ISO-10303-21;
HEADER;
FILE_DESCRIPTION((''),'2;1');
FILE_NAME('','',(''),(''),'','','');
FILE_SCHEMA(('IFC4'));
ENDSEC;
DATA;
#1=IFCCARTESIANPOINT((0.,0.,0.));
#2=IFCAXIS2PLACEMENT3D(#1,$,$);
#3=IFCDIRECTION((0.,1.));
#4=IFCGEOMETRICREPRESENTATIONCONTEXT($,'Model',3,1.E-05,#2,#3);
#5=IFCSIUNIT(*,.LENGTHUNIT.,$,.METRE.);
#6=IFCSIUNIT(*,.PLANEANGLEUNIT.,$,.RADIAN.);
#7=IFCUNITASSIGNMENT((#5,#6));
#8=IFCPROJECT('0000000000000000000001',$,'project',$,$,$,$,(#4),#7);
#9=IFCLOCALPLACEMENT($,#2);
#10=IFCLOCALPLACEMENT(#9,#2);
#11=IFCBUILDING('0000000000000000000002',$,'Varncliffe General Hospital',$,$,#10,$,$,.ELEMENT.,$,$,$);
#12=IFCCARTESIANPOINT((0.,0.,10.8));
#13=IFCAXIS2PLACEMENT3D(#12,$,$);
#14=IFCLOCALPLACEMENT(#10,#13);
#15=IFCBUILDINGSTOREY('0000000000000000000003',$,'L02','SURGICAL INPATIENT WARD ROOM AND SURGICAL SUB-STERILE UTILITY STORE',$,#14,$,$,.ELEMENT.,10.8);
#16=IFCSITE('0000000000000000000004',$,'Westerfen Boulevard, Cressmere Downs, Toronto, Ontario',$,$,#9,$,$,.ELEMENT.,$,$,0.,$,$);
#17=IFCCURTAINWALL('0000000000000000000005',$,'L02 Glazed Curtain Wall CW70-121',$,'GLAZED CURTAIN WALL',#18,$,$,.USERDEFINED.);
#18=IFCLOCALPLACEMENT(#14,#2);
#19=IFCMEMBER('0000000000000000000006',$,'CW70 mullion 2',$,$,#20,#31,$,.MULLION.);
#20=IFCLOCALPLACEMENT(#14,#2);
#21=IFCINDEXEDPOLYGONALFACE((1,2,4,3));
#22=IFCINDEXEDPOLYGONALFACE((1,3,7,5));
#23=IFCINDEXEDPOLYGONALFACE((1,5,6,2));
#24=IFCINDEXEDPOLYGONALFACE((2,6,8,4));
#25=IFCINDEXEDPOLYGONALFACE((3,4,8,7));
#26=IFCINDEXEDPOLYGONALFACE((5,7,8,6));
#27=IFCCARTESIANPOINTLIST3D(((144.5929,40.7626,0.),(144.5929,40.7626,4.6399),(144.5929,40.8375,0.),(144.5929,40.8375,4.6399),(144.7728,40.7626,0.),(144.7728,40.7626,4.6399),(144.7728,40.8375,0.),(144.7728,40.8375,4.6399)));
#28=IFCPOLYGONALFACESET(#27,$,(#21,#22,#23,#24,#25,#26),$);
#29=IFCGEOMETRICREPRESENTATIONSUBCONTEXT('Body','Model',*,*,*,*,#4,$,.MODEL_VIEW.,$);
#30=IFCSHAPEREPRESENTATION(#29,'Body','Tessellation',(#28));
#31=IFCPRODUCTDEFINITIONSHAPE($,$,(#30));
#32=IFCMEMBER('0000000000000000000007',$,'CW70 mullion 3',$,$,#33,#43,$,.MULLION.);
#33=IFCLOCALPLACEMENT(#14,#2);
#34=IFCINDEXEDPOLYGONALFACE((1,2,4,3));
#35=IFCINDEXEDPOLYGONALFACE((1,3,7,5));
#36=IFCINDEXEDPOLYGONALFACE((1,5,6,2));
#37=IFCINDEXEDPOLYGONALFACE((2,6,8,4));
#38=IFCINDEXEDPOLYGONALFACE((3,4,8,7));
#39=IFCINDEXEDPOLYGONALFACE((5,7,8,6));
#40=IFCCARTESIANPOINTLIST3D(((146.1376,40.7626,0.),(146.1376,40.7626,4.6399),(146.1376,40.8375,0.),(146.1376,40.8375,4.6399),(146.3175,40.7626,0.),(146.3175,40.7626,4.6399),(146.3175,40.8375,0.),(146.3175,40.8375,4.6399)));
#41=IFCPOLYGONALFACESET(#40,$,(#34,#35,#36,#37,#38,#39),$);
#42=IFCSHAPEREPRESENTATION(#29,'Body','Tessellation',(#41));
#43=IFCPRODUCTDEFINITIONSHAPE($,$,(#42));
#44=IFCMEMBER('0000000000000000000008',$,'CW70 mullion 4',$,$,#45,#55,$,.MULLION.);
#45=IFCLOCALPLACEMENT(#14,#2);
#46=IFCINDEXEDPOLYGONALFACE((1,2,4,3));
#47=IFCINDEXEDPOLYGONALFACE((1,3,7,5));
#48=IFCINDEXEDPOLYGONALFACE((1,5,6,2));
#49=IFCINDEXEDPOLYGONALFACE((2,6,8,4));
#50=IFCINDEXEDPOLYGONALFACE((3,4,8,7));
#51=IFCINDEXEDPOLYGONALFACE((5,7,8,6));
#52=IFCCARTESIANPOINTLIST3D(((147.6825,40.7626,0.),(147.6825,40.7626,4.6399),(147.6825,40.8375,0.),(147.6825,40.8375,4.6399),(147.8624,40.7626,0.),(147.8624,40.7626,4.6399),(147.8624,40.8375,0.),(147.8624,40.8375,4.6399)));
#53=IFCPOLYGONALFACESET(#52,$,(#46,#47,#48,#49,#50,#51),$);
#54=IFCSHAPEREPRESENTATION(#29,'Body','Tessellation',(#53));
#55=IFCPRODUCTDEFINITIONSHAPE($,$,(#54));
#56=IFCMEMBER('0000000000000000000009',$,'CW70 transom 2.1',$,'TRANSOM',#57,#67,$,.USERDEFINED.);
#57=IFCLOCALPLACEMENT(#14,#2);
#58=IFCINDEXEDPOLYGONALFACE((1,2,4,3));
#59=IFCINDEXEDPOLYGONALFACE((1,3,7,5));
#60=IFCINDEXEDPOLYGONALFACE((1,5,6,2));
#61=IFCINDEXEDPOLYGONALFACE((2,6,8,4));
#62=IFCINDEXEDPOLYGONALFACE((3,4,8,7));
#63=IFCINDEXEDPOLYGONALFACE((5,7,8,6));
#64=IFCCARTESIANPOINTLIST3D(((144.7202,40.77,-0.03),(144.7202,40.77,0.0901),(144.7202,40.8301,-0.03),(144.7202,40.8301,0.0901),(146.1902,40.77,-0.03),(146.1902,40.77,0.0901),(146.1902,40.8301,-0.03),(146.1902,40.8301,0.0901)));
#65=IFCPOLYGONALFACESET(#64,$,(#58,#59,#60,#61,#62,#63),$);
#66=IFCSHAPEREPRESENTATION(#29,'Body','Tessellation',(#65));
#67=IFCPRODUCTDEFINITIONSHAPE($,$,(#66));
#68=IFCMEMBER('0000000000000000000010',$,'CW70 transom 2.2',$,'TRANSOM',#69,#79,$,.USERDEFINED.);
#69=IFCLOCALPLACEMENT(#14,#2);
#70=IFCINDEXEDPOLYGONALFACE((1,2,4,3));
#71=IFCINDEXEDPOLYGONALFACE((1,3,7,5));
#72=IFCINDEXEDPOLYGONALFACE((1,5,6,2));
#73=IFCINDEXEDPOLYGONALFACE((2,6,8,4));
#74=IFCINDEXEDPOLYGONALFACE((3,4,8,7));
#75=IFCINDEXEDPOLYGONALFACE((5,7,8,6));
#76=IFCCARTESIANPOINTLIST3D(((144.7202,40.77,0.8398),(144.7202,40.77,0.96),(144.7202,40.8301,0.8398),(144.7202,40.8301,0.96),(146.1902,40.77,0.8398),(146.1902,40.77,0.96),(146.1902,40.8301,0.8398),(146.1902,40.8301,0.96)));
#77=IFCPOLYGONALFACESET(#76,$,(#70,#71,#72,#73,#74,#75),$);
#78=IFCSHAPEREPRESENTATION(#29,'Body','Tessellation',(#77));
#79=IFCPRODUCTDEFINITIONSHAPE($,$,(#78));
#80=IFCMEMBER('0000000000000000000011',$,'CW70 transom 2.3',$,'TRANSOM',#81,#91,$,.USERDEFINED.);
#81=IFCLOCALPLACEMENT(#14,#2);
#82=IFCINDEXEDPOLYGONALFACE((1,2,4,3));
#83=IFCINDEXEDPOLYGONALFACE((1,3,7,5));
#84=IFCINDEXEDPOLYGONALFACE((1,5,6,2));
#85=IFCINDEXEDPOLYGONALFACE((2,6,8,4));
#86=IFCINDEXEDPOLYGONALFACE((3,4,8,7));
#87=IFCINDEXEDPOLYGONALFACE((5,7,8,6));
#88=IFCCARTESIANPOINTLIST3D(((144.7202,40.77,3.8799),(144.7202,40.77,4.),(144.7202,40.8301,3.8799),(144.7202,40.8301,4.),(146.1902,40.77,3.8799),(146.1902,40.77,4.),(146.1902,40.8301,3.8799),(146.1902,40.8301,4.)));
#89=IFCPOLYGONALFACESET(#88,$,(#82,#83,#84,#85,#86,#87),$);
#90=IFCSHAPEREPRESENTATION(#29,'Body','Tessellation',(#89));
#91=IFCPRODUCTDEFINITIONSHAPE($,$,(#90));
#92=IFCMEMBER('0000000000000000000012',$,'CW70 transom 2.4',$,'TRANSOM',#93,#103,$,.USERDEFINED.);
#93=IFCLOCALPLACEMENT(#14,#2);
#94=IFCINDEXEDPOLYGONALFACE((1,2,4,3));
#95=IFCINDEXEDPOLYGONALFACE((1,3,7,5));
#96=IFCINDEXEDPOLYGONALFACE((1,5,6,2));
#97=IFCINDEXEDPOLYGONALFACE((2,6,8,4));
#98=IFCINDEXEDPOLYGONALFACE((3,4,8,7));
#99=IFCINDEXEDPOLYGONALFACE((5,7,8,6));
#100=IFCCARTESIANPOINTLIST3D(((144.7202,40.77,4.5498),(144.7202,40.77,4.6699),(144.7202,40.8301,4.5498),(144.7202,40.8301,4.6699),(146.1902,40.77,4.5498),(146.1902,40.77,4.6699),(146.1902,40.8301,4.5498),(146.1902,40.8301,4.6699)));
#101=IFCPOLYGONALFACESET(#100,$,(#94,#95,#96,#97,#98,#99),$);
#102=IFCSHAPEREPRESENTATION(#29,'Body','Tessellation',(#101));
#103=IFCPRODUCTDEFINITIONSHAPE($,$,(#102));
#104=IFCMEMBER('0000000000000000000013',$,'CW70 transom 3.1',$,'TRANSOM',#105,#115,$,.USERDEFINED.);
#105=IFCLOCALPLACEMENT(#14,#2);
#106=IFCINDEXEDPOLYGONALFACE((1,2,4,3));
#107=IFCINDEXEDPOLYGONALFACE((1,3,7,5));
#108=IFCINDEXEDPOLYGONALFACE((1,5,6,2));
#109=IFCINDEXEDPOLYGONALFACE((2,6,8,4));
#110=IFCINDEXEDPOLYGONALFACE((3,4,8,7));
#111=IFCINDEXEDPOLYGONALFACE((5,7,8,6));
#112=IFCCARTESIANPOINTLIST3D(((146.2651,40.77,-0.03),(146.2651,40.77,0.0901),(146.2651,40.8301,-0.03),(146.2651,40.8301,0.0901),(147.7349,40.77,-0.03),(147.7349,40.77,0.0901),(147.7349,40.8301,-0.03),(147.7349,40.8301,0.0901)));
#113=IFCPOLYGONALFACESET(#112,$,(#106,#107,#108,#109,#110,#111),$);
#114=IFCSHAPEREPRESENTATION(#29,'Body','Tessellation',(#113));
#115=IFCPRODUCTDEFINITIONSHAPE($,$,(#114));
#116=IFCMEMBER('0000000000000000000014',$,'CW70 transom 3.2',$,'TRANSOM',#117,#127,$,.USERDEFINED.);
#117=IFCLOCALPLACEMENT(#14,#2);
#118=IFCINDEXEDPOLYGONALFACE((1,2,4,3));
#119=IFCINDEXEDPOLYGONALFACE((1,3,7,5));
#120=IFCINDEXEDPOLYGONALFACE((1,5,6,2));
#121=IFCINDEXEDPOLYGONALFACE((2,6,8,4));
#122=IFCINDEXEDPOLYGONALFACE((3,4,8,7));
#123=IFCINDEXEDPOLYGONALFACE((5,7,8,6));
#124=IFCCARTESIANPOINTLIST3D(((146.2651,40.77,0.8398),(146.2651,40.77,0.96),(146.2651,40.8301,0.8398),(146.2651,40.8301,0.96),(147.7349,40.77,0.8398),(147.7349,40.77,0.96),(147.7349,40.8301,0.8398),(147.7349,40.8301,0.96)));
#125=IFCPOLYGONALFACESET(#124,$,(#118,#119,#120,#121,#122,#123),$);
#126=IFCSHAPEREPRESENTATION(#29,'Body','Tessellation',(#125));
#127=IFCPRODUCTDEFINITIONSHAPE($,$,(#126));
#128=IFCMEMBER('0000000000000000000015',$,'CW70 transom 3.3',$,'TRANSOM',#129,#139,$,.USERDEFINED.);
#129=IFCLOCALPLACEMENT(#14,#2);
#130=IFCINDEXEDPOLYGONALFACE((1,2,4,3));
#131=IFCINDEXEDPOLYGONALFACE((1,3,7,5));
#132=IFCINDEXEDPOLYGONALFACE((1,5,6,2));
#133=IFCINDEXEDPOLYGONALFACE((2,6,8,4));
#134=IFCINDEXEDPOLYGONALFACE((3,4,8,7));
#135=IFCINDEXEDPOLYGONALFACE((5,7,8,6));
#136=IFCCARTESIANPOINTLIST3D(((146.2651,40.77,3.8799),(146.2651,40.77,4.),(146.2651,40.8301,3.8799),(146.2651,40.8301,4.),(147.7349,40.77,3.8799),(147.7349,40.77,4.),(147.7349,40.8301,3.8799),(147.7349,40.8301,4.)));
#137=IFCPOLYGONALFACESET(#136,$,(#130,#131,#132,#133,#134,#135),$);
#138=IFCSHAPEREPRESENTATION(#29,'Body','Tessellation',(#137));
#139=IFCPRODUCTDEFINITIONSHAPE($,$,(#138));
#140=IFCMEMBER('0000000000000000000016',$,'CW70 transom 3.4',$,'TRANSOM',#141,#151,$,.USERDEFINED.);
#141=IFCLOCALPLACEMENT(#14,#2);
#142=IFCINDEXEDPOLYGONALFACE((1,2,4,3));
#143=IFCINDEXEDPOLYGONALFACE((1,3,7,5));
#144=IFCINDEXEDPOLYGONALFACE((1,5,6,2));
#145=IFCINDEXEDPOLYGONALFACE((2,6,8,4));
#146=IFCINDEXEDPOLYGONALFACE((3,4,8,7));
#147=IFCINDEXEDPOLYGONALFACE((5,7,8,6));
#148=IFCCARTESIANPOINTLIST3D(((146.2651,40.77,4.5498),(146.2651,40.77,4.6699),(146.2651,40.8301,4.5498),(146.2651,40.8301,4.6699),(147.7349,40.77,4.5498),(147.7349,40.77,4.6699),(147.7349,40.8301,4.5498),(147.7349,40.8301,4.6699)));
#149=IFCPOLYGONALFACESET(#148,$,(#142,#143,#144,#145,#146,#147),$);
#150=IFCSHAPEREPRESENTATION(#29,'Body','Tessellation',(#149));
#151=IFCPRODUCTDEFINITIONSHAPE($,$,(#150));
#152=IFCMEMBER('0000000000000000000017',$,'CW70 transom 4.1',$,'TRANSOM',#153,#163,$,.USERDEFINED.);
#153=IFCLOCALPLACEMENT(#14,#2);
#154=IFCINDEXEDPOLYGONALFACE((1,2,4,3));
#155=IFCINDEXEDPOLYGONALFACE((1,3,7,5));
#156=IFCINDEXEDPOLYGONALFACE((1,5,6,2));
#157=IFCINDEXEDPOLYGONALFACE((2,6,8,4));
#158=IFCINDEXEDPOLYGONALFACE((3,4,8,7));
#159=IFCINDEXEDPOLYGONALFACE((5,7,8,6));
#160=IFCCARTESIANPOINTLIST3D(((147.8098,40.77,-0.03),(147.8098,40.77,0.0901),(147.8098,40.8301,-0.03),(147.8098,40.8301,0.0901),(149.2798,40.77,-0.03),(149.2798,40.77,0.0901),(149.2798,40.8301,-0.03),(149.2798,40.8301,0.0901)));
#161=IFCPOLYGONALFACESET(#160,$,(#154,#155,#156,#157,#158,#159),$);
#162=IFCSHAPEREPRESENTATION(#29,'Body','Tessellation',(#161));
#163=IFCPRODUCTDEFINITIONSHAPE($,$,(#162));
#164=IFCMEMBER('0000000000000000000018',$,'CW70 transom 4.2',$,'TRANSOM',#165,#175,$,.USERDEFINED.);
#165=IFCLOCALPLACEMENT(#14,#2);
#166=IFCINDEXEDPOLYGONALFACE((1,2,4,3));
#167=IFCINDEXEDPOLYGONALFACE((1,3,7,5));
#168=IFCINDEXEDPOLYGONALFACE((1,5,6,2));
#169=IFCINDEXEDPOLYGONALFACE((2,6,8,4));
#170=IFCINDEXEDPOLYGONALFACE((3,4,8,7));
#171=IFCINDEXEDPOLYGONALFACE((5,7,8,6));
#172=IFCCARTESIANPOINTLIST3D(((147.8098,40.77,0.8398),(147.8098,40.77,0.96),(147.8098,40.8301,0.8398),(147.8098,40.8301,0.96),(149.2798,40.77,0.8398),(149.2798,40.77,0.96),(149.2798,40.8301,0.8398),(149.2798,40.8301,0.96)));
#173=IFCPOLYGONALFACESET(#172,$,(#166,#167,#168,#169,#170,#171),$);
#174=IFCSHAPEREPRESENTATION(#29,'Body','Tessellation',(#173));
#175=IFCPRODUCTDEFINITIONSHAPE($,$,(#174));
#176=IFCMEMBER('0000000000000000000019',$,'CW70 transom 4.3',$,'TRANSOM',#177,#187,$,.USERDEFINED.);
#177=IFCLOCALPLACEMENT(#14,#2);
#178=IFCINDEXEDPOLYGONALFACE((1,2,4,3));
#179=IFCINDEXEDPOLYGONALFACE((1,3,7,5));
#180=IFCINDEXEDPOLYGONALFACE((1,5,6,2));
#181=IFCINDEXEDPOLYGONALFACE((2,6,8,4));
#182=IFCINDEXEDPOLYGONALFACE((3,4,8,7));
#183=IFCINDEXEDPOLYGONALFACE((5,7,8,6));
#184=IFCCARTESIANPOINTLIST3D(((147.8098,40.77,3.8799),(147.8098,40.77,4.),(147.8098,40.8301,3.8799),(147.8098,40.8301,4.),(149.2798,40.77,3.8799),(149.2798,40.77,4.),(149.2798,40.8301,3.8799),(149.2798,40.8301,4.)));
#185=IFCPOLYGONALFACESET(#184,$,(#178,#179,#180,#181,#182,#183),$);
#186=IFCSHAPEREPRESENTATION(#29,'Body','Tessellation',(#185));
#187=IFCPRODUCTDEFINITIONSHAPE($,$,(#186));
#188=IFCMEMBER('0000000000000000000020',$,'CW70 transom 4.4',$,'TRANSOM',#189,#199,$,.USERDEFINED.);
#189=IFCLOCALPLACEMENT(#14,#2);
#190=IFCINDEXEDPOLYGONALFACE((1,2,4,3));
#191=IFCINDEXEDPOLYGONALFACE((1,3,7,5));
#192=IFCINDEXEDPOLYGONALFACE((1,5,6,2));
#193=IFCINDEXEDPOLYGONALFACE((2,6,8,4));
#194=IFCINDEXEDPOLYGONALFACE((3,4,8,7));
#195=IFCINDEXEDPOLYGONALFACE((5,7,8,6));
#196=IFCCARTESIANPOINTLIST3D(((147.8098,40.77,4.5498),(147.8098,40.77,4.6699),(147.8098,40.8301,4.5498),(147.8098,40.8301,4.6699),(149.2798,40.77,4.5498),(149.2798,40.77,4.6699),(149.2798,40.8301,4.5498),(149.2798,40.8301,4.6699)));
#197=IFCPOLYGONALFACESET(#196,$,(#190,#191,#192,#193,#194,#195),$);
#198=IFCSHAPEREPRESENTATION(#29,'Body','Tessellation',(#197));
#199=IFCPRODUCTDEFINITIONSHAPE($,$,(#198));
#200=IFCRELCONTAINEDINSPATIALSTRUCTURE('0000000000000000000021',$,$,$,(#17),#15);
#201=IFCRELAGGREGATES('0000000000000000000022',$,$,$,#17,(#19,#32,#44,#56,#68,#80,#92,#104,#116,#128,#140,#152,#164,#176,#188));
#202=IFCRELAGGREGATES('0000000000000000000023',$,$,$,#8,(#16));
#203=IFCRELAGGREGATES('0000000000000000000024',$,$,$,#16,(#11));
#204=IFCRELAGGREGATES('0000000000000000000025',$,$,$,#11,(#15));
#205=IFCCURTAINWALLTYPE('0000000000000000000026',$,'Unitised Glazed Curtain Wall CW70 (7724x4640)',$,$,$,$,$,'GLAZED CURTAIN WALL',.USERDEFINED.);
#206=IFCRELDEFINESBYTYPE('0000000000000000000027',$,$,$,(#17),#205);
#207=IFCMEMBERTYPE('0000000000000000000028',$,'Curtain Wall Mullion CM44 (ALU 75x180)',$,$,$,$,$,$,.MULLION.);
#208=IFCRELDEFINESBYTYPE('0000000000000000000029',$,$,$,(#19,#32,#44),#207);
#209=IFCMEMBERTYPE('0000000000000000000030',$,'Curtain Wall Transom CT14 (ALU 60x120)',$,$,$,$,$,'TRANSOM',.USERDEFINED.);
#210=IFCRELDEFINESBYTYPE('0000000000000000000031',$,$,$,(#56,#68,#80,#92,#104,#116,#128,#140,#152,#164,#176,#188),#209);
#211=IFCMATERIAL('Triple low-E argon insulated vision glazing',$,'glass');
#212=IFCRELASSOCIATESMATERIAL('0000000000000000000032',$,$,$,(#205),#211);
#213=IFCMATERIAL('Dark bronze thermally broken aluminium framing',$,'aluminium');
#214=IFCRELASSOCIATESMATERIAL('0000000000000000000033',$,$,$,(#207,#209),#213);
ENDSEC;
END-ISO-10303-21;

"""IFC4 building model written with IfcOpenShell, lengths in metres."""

from ifc_helpers import new_model, si_unit, direction, frame, origin, origin_2d, place, context, subcontext, project, spatial, rectangle, extrude, material, material_profile, profile_set, type_object, element, aggregate, save


model = new_model("IFC4")

# Units and contexts
model_context = context("Model", 3, precision=1e-05, world=origin(), true_north=direction((0.0, 1.0)))
body_context = subcontext(model_context, "Body", "Model", "MODEL_VIEW")
ifc_project = project(units=[si_unit("LENGTHUNIT", "METRE"), si_unit("PLANEANGLEUNIT", "RADIAN")], contexts=[model_context])

# Site, building, storey
site_placement = place(None, origin())
site = spatial("IfcSite", under=ifc_project, at=site_placement, Name="Westerfen Boulevard, Cressmere Downs, Toronto, Ontario", CompositionType="ELEMENT", RefElevation=0.0)
building_placement = place(site_placement, origin())
building = spatial("IfcBuilding", under=site, at=building_placement, Name="Varncliffe General Hospital", CompositionType="ELEMENT")
storey_placement = place(building_placement, frame((0.0, 0.0, 10.8)))
storey = spatial("IfcBuildingStorey", under=building, at=storey_placement, Name="L02", Description="SURGICAL INPATIENT WARD ROOM AND SURGICAL SUB-STERILE UTILITY STORE", CompositionType="ELEMENT", Elevation=10.8)

# Curtain wall, members
ifc_material_1 = material(Name="Triple low-E argon insulated vision glazing", Category="glass")
curtain_wall_type = type_object("IfcCurtainWallType", Name="Unitised Glazed Curtain Wall CW70 (7724x4640)", ElementType="GLAZED CURTAIN WALL", PredefinedType="USERDEFINED", material=ifc_material_1)
curtain_wall_placement = place(storey_placement, origin())
curtain_wall = element("IfcCurtainWall", 1, at=curtain_wall_placement, inside=storey, type_object=curtain_wall_type, Name="L02 Glazed Curtain Wall CW70-121", ObjectType="GLAZED CURTAIN WALL", PredefinedType="USERDEFINED")
ifc_material_2 = material(Name="Dark bronze thermally broken aluminium framing", Category="aluminium")
ifc_material_profile_1 = material_profile(ifc_material_2, rectangle(XDim=0.075, YDim=0.1799, at=origin_2d()), Name="ALU 75x180")
ifc_profile_set_1 = profile_set([ifc_material_profile_1], Name="Dark bronze thermally broken aluminium framing")
member_type_1 = type_object("IfcMemberType", Name="Curtain Wall Mullion CM44 (ALU 75x180)", PredefinedType="MULLION", material=ifc_profile_set_1)
member_1_placement = place(storey_placement, frame((144.6829, 40.8, 0.0), z_axis=(0.0, 0.0, 1.0), x_axis=(0.0, 1.0, 0.0)))
member_1 = element("IfcMember", 2, at=member_1_placement, type_object=member_type_1, Name="CW70 mullion 2", PredefinedType="MULLION", context=body_context, shape_type="SweptSolid", body=[
    extrude(rectangle(XDim=0.075, YDim=0.1799, at=origin_2d()), origin(), (0.0, 0.0, 1.0), 4.6399),
])
member_2_placement = place(storey_placement, frame((146.2275, 40.8, 0.0), z_axis=(0.0, 0.0, 1.0), x_axis=(0.0, 1.0, 0.0)))
member_2 = element("IfcMember", 3, at=member_2_placement, type_object=member_type_1, Name="CW70 mullion 3", PredefinedType="MULLION", context=body_context, shape_type="SweptSolid", body=[
    extrude(rectangle(XDim=0.075, YDim=0.1799, at=origin_2d()), origin(), (0.0, 0.0, 1.0), 4.6399),
])
member_3_placement = place(storey_placement, frame((147.7725, 40.8, 0.0), z_axis=(0.0, 0.0, 1.0), x_axis=(0.0, 1.0, 0.0)))
member_3 = element("IfcMember", 4, at=member_3_placement, type_object=member_type_1, Name="CW70 mullion 4", PredefinedType="MULLION", context=body_context, shape_type="SweptSolid", body=[
    extrude(rectangle(XDim=0.075, YDim=0.1799, at=origin_2d()), origin(), (0.0, 0.0, 1.0), 4.6399),
])
ifc_material_profile_2 = material_profile(ifc_material_2, rectangle(XDim=0.0601, YDim=0.1201, at=origin_2d()), Name="ALU 60x120")
ifc_profile_set_2 = profile_set([ifc_material_profile_2], Name="Dark bronze thermally broken aluminium framing")
member_type_2 = type_object("IfcMemberType", Name="Curtain Wall Transom CT14 (ALU 60x120)", ElementType="TRANSOM", PredefinedType="USERDEFINED", material=ifc_profile_set_2)
member_4_placement = place(storey_placement, frame((144.7202, 40.8, 0.03), z_axis=(1.0, 0.0, 0.0), x_axis=(0.0, 1.0, 0.0)))
member_4 = element("IfcMember", 5, at=member_4_placement, type_object=member_type_2, Name="CW70 transom 2.1", ObjectType="TRANSOM", PredefinedType="USERDEFINED", context=body_context, shape_type="SweptSolid", body=[
    extrude(rectangle(XDim=0.0601, YDim=0.1201, at=origin_2d()), origin(), (0.0, 0.0, 1.0), 1.47),
])
member_5_placement = place(storey_placement, frame((144.7202, 40.8, 0.8999), z_axis=(1.0, 0.0, 0.0), x_axis=(0.0, 1.0, 0.0)))
member_5 = element("IfcMember", 6, at=member_5_placement, type_object=member_type_2, Name="CW70 transom 2.2", ObjectType="TRANSOM", PredefinedType="USERDEFINED", context=body_context, shape_type="SweptSolid", body=[
    extrude(rectangle(XDim=0.0601, YDim=0.1201, at=origin_2d()), origin(), (0.0, 0.0, 1.0), 1.47),
])
member_6_placement = place(storey_placement, frame((144.7202, 40.8, 3.9399), z_axis=(1.0, 0.0, 0.0), x_axis=(0.0, 1.0, 0.0)))
member_6 = element("IfcMember", 7, at=member_6_placement, type_object=member_type_2, Name="CW70 transom 2.3", ObjectType="TRANSOM", PredefinedType="USERDEFINED", context=body_context, shape_type="SweptSolid", body=[
    extrude(rectangle(XDim=0.0601, YDim=0.1201, at=origin_2d()), origin(), (0.0, 0.0, 1.0), 1.47),
])
member_7_placement = place(storey_placement, frame((144.7202, 40.8, 4.6099), z_axis=(1.0, 0.0, 0.0), x_axis=(0.0, 1.0, 0.0)))
member_7 = element("IfcMember", 8, at=member_7_placement, type_object=member_type_2, Name="CW70 transom 2.4", ObjectType="TRANSOM", PredefinedType="USERDEFINED", context=body_context, shape_type="SweptSolid", body=[
    extrude(rectangle(XDim=0.0601, YDim=0.1201, at=origin_2d()), origin(), (0.0, 0.0, 1.0), 1.47),
])
member_8_placement = place(storey_placement, frame((146.2651, 40.8, 0.03), z_axis=(1.0, 0.0, 0.0), x_axis=(0.0, 1.0, 0.0)))
member_8 = element("IfcMember", 9, at=member_8_placement, type_object=member_type_2, Name="CW70 transom 3.1", ObjectType="TRANSOM", PredefinedType="USERDEFINED", context=body_context, shape_type="SweptSolid", body=[
    extrude(rectangle(XDim=0.0601, YDim=0.1201, at=origin_2d()), origin(), (0.0, 0.0, 1.0), 1.4697),
])
member_9_placement = place(storey_placement, frame((146.2651, 40.8, 0.8999), z_axis=(1.0, 0.0, 0.0), x_axis=(0.0, 1.0, 0.0)))
member_9 = element("IfcMember", 10, at=member_9_placement, type_object=member_type_2, Name="CW70 transom 3.2", ObjectType="TRANSOM", PredefinedType="USERDEFINED", context=body_context, shape_type="SweptSolid", body=[
    extrude(rectangle(XDim=0.0601, YDim=0.1201, at=origin_2d()), origin(), (0.0, 0.0, 1.0), 1.4697),
])
member_10_placement = place(storey_placement, frame((146.2651, 40.8, 3.9399), z_axis=(1.0, 0.0, 0.0), x_axis=(0.0, 1.0, 0.0)))
member_10 = element("IfcMember", 11, at=member_10_placement, type_object=member_type_2, Name="CW70 transom 3.3", ObjectType="TRANSOM", PredefinedType="USERDEFINED", context=body_context, shape_type="SweptSolid", body=[
    extrude(rectangle(XDim=0.0601, YDim=0.1201, at=origin_2d()), origin(), (0.0, 0.0, 1.0), 1.4697),
])
member_11_placement = place(storey_placement, frame((146.2651, 40.8, 4.6099), z_axis=(1.0, 0.0, 0.0), x_axis=(0.0, 1.0, 0.0)))
member_11 = element("IfcMember", 12, at=member_11_placement, type_object=member_type_2, Name="CW70 transom 3.4", ObjectType="TRANSOM", PredefinedType="USERDEFINED", context=body_context, shape_type="SweptSolid", body=[
    extrude(rectangle(XDim=0.0601, YDim=0.1201, at=origin_2d()), origin(), (0.0, 0.0, 1.0), 1.4697),
])
member_12_placement = place(storey_placement, frame((147.8098, 40.8, 0.03), z_axis=(1.0, 0.0, 0.0), x_axis=(0.0, 1.0, 0.0)))
member_12 = element("IfcMember", 13, at=member_12_placement, type_object=member_type_2, Name="CW70 transom 4.1", ObjectType="TRANSOM", PredefinedType="USERDEFINED", context=body_context, shape_type="SweptSolid", body=[
    extrude(rectangle(XDim=0.0601, YDim=0.1201, at=origin_2d()), origin(), (0.0, 0.0, 1.0), 1.47),
])
member_13_placement = place(storey_placement, frame((147.8098, 40.8, 0.8999), z_axis=(1.0, 0.0, 0.0), x_axis=(0.0, 1.0, 0.0)))
member_13 = element("IfcMember", 14, at=member_13_placement, type_object=member_type_2, Name="CW70 transom 4.2", ObjectType="TRANSOM", PredefinedType="USERDEFINED", context=body_context, shape_type="SweptSolid", body=[
    extrude(rectangle(XDim=0.0601, YDim=0.1201, at=origin_2d()), origin(), (0.0, 0.0, 1.0), 1.47),
])
member_14_placement = place(storey_placement, frame((147.8098, 40.8, 3.9399), z_axis=(1.0, 0.0, 0.0), x_axis=(0.0, 1.0, 0.0)))
member_14 = element("IfcMember", 15, at=member_14_placement, type_object=member_type_2, Name="CW70 transom 4.3", ObjectType="TRANSOM", PredefinedType="USERDEFINED", context=body_context, shape_type="SweptSolid", body=[
    extrude(rectangle(XDim=0.0601, YDim=0.1201, at=origin_2d()), origin(), (0.0, 0.0, 1.0), 1.47),
])
member_15_placement = place(storey_placement, frame((147.8098, 40.8, 4.6099), z_axis=(1.0, 0.0, 0.0), x_axis=(0.0, 1.0, 0.0)))
member_15 = element("IfcMember", 16, at=member_15_placement, type_object=member_type_2, Name="CW70 transom 4.4", ObjectType="TRANSOM", PredefinedType="USERDEFINED", context=body_context, shape_type="SweptSolid", body=[
    extrude(rectangle(XDim=0.0601, YDim=0.1201, at=origin_2d()), origin(), (0.0, 0.0, 1.0), 1.47),
])
aggregate(curtain_wall, [member_1, member_2, member_3, member_4, member_5, member_6, member_7, member_8, member_9, member_10, member_11, member_12, member_13, member_14, member_15])

save(model, "model.ifc")
